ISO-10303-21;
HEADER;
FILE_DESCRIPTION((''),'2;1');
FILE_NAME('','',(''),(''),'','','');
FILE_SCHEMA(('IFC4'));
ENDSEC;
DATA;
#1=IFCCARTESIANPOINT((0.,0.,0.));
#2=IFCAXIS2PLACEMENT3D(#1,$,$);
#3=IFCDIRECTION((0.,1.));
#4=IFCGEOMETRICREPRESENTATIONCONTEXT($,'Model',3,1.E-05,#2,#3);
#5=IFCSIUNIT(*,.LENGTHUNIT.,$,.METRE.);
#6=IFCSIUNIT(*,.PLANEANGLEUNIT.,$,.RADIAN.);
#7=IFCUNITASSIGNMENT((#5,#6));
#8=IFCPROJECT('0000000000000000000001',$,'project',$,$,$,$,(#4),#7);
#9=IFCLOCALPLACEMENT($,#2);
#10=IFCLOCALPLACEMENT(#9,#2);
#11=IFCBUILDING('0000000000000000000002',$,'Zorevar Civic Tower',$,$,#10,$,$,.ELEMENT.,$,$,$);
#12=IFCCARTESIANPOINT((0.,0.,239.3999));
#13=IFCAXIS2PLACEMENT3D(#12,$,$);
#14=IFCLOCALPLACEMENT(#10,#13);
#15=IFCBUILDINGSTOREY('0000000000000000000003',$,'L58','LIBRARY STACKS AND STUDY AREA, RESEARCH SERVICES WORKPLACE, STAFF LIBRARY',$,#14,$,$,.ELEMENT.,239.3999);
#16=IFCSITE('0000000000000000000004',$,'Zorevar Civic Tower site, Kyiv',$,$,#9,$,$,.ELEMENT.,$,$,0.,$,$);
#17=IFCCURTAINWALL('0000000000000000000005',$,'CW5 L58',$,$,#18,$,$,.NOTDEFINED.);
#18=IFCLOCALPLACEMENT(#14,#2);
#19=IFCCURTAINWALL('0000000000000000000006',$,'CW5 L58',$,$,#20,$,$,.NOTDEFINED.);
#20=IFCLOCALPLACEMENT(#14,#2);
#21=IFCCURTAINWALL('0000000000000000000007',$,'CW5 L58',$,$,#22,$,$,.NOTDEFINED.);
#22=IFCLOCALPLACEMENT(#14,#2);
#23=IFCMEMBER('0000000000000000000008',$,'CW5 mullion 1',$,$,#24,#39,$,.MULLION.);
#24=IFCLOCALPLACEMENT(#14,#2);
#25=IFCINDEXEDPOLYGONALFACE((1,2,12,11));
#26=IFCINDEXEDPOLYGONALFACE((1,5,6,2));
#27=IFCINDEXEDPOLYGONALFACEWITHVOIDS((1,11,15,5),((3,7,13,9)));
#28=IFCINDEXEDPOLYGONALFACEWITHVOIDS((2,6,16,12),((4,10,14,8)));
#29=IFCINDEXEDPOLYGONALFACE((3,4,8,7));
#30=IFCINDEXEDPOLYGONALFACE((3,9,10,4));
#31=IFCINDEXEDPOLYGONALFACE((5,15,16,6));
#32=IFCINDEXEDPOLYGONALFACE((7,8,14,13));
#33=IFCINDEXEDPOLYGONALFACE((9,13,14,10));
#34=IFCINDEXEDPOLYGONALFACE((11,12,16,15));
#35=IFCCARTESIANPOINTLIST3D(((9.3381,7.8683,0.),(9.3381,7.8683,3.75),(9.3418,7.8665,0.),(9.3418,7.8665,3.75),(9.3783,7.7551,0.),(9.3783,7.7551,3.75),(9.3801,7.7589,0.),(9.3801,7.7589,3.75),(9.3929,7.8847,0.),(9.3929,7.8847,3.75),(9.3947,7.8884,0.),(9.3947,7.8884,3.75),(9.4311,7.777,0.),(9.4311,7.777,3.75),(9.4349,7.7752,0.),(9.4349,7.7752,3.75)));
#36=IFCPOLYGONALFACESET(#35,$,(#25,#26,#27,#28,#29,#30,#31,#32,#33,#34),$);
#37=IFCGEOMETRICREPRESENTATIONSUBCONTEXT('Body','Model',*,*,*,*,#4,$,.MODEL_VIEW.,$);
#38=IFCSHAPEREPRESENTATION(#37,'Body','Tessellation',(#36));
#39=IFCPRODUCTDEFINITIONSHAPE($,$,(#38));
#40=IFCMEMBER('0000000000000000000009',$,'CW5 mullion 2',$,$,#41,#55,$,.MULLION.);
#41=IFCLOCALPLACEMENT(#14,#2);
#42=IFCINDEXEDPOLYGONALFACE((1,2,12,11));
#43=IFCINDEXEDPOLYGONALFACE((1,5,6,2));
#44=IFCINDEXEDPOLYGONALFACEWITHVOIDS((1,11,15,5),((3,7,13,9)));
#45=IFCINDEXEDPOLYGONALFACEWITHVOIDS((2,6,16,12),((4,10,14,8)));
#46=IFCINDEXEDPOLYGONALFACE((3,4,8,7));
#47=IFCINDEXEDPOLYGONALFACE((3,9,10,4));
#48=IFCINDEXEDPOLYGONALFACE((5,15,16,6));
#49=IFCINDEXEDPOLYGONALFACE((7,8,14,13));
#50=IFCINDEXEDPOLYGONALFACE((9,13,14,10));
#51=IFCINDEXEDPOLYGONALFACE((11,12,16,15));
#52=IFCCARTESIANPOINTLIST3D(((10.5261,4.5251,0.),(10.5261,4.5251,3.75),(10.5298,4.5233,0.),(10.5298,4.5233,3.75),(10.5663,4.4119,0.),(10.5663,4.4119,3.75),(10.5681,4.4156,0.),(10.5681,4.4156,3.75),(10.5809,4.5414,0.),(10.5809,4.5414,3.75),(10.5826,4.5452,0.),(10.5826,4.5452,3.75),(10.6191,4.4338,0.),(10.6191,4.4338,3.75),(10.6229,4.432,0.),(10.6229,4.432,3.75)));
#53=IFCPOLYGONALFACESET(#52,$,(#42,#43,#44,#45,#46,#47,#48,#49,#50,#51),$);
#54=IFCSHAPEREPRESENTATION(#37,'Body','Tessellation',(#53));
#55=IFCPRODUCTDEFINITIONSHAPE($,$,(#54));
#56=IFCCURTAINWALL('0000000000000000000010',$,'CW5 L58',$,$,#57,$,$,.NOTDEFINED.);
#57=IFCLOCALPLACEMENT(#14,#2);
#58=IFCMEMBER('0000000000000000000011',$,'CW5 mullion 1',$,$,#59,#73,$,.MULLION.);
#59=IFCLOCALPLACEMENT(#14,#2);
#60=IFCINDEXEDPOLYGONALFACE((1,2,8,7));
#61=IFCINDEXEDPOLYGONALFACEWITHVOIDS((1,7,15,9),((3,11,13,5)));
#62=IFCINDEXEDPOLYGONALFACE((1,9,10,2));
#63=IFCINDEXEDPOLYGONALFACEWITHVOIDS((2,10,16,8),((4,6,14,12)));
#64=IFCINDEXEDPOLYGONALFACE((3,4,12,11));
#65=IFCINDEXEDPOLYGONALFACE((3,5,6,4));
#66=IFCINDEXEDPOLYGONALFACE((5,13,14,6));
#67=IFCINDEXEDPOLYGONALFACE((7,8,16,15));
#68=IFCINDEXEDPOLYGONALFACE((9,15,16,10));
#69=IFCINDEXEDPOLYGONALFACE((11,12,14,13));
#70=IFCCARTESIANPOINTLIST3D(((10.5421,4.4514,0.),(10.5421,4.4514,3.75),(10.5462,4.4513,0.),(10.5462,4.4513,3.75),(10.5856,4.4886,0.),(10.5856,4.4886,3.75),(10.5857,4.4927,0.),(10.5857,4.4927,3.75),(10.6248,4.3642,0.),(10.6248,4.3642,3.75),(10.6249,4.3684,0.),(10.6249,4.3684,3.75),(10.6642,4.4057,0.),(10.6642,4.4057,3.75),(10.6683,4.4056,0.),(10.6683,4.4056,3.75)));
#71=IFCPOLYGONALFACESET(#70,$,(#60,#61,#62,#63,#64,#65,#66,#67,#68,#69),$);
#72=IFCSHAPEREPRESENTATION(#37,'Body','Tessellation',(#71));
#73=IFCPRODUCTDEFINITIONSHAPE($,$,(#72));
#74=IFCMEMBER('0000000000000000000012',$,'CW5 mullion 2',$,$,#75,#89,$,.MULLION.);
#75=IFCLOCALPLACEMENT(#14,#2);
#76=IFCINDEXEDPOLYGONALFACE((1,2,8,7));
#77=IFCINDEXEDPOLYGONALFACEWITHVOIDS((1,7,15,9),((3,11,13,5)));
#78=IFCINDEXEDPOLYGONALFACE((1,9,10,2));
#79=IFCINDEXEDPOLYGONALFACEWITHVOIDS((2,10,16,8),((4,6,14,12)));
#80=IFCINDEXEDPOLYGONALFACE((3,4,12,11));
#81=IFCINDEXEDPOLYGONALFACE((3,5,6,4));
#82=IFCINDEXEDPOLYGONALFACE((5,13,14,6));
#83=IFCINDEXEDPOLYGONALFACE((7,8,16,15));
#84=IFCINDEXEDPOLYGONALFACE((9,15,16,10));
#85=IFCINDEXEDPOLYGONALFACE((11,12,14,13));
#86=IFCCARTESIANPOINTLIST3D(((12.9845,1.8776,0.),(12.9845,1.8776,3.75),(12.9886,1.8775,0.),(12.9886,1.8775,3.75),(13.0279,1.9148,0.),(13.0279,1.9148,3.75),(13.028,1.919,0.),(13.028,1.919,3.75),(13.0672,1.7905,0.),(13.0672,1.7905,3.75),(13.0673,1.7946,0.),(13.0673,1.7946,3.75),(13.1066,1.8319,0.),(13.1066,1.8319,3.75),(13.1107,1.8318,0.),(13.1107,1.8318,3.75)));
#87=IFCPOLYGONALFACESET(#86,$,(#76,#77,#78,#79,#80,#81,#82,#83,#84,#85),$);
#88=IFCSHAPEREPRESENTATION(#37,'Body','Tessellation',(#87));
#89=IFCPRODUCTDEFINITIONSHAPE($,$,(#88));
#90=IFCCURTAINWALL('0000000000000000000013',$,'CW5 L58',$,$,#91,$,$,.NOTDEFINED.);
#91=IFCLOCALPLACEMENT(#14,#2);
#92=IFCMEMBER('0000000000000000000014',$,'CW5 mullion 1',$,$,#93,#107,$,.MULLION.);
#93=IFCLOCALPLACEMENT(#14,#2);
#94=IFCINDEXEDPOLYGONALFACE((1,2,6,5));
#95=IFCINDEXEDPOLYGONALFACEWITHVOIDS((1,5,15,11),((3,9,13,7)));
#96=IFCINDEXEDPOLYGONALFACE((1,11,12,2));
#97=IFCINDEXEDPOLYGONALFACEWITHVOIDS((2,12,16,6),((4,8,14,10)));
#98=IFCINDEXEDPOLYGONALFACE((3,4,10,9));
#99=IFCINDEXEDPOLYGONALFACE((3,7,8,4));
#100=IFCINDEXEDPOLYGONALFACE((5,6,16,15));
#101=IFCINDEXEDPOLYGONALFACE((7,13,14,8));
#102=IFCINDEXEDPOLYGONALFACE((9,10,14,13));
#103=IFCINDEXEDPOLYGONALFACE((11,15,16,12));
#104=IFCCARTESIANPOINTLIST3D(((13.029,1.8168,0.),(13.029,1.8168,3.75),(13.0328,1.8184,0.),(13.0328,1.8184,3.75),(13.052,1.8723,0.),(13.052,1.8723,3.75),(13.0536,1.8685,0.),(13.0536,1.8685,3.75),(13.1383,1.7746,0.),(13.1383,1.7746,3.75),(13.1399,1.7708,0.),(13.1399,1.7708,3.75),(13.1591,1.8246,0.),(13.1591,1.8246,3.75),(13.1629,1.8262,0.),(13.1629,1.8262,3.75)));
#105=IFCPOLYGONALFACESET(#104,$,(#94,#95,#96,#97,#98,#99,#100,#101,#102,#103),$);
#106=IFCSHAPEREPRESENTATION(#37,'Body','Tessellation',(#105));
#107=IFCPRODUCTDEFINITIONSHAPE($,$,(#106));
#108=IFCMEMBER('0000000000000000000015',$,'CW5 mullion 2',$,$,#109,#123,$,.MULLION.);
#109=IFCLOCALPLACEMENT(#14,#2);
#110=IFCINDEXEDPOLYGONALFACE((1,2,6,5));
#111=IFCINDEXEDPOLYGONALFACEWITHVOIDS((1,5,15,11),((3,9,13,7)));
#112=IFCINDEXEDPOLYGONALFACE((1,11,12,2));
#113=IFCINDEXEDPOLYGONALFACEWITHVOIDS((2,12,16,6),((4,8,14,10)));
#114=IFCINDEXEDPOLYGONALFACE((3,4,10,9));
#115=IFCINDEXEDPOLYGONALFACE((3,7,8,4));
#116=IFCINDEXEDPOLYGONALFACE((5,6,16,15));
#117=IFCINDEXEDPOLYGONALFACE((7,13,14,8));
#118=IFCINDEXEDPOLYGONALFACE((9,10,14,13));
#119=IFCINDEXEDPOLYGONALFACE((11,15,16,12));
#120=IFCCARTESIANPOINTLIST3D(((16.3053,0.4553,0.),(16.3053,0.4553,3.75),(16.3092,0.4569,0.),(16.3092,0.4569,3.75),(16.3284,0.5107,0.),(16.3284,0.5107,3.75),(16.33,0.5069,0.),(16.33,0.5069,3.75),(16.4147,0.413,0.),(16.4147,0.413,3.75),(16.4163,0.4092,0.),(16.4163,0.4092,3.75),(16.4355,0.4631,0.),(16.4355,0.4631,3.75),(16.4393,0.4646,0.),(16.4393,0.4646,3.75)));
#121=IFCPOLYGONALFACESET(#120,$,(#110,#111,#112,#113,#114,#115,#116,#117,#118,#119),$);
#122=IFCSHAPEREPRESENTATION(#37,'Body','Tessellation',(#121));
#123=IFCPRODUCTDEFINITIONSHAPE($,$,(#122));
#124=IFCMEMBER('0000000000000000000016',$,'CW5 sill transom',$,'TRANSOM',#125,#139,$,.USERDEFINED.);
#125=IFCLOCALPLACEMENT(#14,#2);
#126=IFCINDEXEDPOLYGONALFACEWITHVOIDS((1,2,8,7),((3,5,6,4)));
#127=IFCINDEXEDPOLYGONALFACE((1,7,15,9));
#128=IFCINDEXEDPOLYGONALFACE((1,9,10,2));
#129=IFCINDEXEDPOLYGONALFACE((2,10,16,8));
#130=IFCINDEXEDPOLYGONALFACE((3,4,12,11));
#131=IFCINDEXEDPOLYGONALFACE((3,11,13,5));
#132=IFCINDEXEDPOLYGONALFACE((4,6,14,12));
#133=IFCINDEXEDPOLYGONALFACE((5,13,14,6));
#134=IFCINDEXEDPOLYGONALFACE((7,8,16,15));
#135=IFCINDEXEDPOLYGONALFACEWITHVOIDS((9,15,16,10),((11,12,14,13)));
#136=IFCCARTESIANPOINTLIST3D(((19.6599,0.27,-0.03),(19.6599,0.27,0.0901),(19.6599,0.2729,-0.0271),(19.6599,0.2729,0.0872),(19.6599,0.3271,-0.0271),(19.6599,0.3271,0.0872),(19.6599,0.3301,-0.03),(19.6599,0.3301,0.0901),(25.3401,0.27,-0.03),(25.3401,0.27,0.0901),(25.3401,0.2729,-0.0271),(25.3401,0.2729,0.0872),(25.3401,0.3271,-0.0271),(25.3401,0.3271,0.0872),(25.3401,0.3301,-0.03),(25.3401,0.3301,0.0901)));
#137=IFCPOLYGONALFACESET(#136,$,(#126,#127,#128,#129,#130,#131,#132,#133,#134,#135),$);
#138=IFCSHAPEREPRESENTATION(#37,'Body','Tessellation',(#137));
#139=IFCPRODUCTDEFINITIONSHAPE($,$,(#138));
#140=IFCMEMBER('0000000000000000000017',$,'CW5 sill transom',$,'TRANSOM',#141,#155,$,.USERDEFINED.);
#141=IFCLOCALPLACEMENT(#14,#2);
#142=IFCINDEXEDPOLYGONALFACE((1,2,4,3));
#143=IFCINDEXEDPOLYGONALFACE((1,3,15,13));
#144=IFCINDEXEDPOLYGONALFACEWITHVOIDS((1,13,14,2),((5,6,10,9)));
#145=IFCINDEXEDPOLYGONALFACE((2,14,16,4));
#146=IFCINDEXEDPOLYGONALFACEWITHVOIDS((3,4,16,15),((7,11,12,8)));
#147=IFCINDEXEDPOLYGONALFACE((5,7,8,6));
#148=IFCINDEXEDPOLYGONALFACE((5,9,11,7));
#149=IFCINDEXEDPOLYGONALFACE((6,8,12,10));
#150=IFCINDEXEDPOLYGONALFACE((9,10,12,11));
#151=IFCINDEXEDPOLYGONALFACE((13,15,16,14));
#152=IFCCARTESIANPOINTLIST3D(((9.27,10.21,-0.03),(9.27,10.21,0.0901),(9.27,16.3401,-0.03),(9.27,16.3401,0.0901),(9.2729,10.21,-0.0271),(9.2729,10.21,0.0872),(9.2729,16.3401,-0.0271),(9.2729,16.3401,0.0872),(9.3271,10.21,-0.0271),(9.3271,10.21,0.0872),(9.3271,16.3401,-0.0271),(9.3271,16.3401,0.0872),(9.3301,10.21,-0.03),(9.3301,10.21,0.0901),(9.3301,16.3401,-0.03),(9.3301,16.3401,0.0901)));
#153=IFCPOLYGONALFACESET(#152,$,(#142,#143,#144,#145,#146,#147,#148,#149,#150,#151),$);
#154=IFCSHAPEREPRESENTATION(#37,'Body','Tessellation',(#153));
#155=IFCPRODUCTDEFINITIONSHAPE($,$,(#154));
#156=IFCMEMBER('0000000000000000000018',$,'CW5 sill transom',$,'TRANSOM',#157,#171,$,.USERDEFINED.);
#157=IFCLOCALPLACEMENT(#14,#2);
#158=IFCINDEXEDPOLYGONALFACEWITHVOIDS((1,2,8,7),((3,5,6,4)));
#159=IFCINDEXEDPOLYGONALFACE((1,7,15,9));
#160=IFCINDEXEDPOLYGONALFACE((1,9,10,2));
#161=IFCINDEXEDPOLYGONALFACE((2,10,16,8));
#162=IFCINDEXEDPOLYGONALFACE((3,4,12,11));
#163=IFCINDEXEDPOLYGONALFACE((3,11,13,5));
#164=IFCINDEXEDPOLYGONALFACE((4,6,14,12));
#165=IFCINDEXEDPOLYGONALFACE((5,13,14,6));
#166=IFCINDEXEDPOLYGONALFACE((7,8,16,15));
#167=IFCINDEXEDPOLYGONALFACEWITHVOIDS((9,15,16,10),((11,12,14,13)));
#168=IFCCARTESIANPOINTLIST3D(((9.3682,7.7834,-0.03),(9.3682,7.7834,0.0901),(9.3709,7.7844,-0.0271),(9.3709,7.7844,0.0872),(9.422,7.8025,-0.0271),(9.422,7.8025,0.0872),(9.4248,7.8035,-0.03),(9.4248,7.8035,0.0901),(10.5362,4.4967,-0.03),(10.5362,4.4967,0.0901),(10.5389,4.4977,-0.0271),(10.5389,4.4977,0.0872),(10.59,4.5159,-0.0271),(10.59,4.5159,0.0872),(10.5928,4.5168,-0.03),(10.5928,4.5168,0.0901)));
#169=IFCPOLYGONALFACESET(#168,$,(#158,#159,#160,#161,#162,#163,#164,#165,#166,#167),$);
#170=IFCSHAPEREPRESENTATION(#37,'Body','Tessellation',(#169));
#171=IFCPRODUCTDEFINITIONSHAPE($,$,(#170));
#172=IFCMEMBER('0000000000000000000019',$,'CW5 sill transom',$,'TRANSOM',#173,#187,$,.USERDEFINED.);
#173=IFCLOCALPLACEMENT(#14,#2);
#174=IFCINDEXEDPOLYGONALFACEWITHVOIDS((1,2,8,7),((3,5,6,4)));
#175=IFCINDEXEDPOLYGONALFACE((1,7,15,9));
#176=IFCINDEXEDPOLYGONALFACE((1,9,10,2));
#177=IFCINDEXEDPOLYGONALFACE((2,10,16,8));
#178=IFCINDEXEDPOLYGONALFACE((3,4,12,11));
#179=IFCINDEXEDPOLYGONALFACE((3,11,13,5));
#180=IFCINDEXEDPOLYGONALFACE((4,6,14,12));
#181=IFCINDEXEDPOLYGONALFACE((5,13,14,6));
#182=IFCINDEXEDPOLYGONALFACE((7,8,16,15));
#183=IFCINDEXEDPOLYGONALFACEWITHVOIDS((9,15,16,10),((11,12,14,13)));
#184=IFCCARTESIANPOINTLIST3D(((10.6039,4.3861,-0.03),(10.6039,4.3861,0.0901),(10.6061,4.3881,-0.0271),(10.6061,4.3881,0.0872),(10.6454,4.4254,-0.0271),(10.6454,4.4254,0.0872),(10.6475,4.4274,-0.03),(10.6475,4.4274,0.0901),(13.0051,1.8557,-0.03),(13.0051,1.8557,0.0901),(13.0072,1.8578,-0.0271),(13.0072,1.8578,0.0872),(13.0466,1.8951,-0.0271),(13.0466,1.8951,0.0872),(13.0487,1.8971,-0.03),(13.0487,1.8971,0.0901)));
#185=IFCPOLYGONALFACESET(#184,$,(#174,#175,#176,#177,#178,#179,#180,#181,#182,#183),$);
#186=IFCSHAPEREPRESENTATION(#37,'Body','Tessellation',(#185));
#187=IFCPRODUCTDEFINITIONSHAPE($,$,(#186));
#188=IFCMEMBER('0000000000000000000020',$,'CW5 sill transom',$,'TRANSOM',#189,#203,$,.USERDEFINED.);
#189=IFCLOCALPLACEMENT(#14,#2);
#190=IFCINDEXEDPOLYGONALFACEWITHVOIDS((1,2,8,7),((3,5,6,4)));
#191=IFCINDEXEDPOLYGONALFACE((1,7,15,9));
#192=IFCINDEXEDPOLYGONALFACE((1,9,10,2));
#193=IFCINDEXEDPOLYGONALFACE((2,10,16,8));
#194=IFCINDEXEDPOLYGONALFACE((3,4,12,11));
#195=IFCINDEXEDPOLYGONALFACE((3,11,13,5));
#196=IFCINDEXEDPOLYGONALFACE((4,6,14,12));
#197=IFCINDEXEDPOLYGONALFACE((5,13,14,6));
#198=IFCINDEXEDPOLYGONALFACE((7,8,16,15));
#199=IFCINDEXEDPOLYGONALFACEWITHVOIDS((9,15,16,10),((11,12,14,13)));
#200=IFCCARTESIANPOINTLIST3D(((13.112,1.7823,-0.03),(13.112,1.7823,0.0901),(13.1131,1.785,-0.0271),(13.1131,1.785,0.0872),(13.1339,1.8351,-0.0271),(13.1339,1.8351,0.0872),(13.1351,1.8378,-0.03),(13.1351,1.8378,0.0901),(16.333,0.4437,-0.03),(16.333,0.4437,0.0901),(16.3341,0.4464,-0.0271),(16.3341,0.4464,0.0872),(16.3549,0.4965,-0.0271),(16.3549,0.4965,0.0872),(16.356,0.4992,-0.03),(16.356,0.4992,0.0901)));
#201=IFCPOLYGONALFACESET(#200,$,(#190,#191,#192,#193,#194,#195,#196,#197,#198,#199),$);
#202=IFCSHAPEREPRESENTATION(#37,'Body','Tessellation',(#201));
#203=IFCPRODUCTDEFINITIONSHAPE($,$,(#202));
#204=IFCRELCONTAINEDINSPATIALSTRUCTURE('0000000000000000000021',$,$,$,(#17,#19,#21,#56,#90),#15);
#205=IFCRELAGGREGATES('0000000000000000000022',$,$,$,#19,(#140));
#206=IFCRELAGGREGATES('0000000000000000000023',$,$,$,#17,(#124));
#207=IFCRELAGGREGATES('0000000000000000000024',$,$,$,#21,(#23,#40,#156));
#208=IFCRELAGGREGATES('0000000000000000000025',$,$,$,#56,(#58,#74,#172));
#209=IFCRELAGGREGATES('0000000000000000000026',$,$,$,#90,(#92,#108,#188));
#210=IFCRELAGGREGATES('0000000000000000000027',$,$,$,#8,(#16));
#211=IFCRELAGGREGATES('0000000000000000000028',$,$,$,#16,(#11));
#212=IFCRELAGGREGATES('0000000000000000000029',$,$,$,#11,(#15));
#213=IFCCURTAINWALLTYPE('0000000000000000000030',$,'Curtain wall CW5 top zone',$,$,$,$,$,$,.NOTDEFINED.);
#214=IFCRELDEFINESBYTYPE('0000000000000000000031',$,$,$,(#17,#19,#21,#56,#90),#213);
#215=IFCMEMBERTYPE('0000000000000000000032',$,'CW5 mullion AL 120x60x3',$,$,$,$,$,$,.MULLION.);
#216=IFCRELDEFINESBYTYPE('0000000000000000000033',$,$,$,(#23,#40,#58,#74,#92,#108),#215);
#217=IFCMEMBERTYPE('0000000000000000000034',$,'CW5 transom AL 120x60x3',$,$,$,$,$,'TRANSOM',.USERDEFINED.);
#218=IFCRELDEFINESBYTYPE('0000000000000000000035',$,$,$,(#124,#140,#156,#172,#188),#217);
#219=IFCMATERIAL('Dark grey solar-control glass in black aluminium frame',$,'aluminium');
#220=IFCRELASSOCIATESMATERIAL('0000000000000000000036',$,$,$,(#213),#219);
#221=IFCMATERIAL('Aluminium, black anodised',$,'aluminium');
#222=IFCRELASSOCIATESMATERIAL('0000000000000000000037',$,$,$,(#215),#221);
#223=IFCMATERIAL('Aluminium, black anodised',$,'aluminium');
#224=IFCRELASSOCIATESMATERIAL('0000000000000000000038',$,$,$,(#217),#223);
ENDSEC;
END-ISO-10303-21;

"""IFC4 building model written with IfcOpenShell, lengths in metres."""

from ifc_helpers import new_model, si_unit, direction, frame, origin, origin_2d, place, context, subcontext, project, spatial, hollow_rectangle, extrude, material, material_profile, profile_set, type_object, element, aggregate, save


model = new_model("IFC4")

# Units and contexts
model_context = context("Model", 3, precision=1e-05, world=origin(), true_north=direction((0.0, 1.0)))
body_context = subcontext(model_context, "Body", "Model", "MODEL_VIEW")
ifc_project = project(units=[si_unit("LENGTHUNIT", "METRE"), si_unit("PLANEANGLEUNIT", "RADIAN")], contexts=[model_context])

# Site, building, storey
site_placement = place(None, origin())
site = spatial("IfcSite", under=ifc_project, at=site_placement, Name="Zorevar Civic Tower site, Kyiv", CompositionType="ELEMENT", RefElevation=0.0)
building_placement = place(site_placement, origin())
building = spatial("IfcBuilding", under=site, at=building_placement, Name="Zorevar Civic Tower", CompositionType="ELEMENT")
storey_placement = place(building_placement, frame((0.0, 0.0, 239.3999)))
storey = spatial("IfcBuildingStorey", under=building, at=storey_placement, Name="L58", Description="LIBRARY STACKS AND STUDY AREA, RESEARCH SERVICES WORKPLACE, STAFF LIBRARY", CompositionType="ELEMENT", Elevation=239.3999)

# Curtain wall
ifc_material_1 = material(Name="Dark grey solar-control glass in black aluminium frame", Category="aluminium")
curtain_wall_type = type_object("IfcCurtainWallType", Name="Curtain wall CW5 top zone", PredefinedType="NOTDEFINED", material=ifc_material_1)
curtain_wall_1_placement = place(storey_placement, origin())
curtain_wall_1 = element("IfcCurtainWall", 1, at=curtain_wall_1_placement, inside=storey, type_object=curtain_wall_type, Name="CW5 L58", PredefinedType="NOTDEFINED")
ifc_material_2 = material(Name="Aluminium, black anodised", Category="aluminium")
ifc_material_profile_1 = material_profile(ifc_material_2, hollow_rectangle(XDim=0.0601, YDim=0.1201, WallThickness=0.0029, at=origin_2d()), Name="AL 120x60x3")
ifc_profile_set_1 = profile_set([ifc_material_profile_1], Name="Aluminium, black anodised")
member_type_1 = type_object("IfcMemberType", Name="CW5 mullion AL 120x60x3", PredefinedType="MULLION", material=ifc_profile_set_1)

# Curtain wall
curtain_wall_2_placement = place(storey_placement, origin())
curtain_wall_2 = element("IfcCurtainWall", 2, at=curtain_wall_2_placement, inside=storey, type_object=curtain_wall_type, Name="CW5 L58", PredefinedType="NOTDEFINED")

# Curtain walls, members
curtain_wall_3_placement = place(storey_placement, origin())
curtain_wall_3 = element("IfcCurtainWall", 3, at=curtain_wall_3_placement, inside=storey, type_object=curtain_wall_type, Name="CW5 L58", PredefinedType="NOTDEFINED")
member_1_placement = place(storey_placement, frame((9.3865, 7.8218, 0.0), z_axis=(0.0, 0.0, 1.0), x_axis=(0.942273, 0.334845, 0.0)))
member_1 = element("IfcMember", 4, at=member_1_placement, type_object=member_type_1, Name="CW5 mullion 1", PredefinedType="MULLION", context=body_context, shape_type="SweptSolid", body=[
    extrude(hollow_rectangle(XDim=0.0601, YDim=0.1201, WallThickness=0.0029, at=origin_2d()), origin(), (0.0, 0.0, 1.0), 3.75),
])
member_2_placement = place(storey_placement, frame((10.5745, 4.4785, 0.0), z_axis=(0.0, 0.0, 1.0), x_axis=(0.942273, 0.334845, 0.0)))
member_2 = element("IfcMember", 5, at=member_2_placement, type_object=member_type_1, Name="CW5 mullion 2", PredefinedType="MULLION", context=body_context, shape_type="SweptSolid", body=[
    extrude(hollow_rectangle(XDim=0.0601, YDim=0.1201, WallThickness=0.0029, at=origin_2d()), origin(), (0.0, 0.0, 1.0), 3.75),
])
curtain_wall_4_placement = place(storey_placement, origin())
curtain_wall_4 = element("IfcCurtainWall", 6, at=curtain_wall_4_placement, inside=storey, type_object=curtain_wall_type, Name="CW5 L58", PredefinedType="NOTDEFINED")
member_3_placement = place(storey_placement, frame((10.6052, 4.4285, 0.0), z_axis=(0.0, 0.0, 1.0), x_axis=(0.725384, 0.688344, 0.0)))
member_3 = element("IfcMember", 7, at=member_3_placement, type_object=member_type_1, Name="CW5 mullion 1", PredefinedType="MULLION", context=body_context, shape_type="SweptSolid", body=[
    extrude(hollow_rectangle(XDim=0.0601, YDim=0.1201, WallThickness=0.0029, at=origin_2d()), origin(), (0.0, 0.0, 1.0), 3.75),
])
member_4_placement = place(storey_placement, frame((13.0476, 1.8547, 0.0), z_axis=(0.0, 0.0, 1.0), x_axis=(0.725384, 0.688344, 0.0)))
member_4 = element("IfcMember", 8, at=member_4_placement, type_object=member_type_1, Name="CW5 mullion 2", PredefinedType="MULLION", context=body_context, shape_type="SweptSolid", body=[
    extrude(hollow_rectangle(XDim=0.0601, YDim=0.1201, WallThickness=0.0029, at=origin_2d()), origin(), (0.0, 0.0, 1.0), 3.75),
])
curtain_wall_5_placement = place(storey_placement, origin())
curtain_wall_5 = element("IfcCurtainWall", 9, at=curtain_wall_5_placement, inside=storey, type_object=curtain_wall_type, Name="CW5 L58", PredefinedType="NOTDEFINED")
member_5_placement = place(storey_placement, frame((13.0959, 1.8215, 0.0), z_axis=(0.0, 0.0, 1.0), x_axis=(0.383728, 0.923446, 0.0)))
member_5 = element("IfcMember", 10, at=member_5_placement, type_object=member_type_1, Name="CW5 mullion 1", PredefinedType="MULLION", context=body_context, shape_type="SweptSolid", body=[
    extrude(hollow_rectangle(XDim=0.0601, YDim=0.1201, WallThickness=0.0029, at=origin_2d()), origin(), (0.0, 0.0, 1.0), 3.75),
])
member_6_placement = place(storey_placement, frame((16.3723, 0.46, 0.0), z_axis=(0.0, 0.0, 1.0), x_axis=(0.383728, 0.923446, 0.0)))
member_6 = element("IfcMember", 11, at=member_6_placement, type_object=member_type_1, Name="CW5 mullion 2", PredefinedType="MULLION", context=body_context, shape_type="SweptSolid", body=[
    extrude(hollow_rectangle(XDim=0.0601, YDim=0.1201, WallThickness=0.0029, at=origin_2d()), origin(), (0.0, 0.0, 1.0), 3.75),
])

# Members
ifc_material_3 = material(Name="Aluminium, black anodised", Category="aluminium")
ifc_material_profile_2 = material_profile(ifc_material_3, hollow_rectangle(XDim=0.0601, YDim=0.1201, WallThickness=0.0029, at=origin_2d()), Name="AL 120x60x3")
ifc_profile_set_2 = profile_set([ifc_material_profile_2], Name="Aluminium, black anodised")
member_type_2 = type_object("IfcMemberType", Name="CW5 transom AL 120x60x3", ElementType="TRANSOM", PredefinedType="USERDEFINED", material=ifc_profile_set_2)
member_7_placement = place(storey_placement, frame((19.6599, 0.3, 0.03), z_axis=(1.0, 0.0, 0.0), x_axis=(0.0, 1.0, 0.0)))
member_7 = element("IfcMember", 12, at=member_7_placement, type_object=member_type_2, Name="CW5 sill transom", ObjectType="TRANSOM", PredefinedType="USERDEFINED", context=body_context, shape_type="SweptSolid", body=[
    extrude(hollow_rectangle(XDim=0.0601, YDim=0.1201, WallThickness=0.0029, at=origin_2d()), origin(), (0.0, 0.0, 1.0), 5.6802),
])
member_8_placement = place(storey_placement, frame((9.3, 10.21, 0.03), z_axis=(0.0, 1.0, 0.0), x_axis=(-1.0, 0.0, 0.0)))
member_8 = element("IfcMember", 13, at=member_8_placement, type_object=member_type_2, Name="CW5 sill transom", ObjectType="TRANSOM", PredefinedType="USERDEFINED", context=body_context, shape_type="SweptSolid", body=[
    extrude(hollow_rectangle(XDim=0.0601, YDim=0.1201, WallThickness=0.0029, at=origin_2d()), origin(), (0.0, 0.0, 1.0), 6.1301),
])
aggregate(curtain_wall_2, [member_8])
member_9_placement = place(storey_placement, frame((9.3965, 7.7935, 0.03), z_axis=(0.334855, -0.94227, 0.0), x_axis=(0.94227, 0.334855, 0.0)))
member_9 = element("IfcMember", 14, at=member_9_placement, type_object=member_type_2, Name="CW5 sill transom", ObjectType="TRANSOM", PredefinedType="USERDEFINED", context=body_context, shape_type="SweptSolid", body=[
    extrude(hollow_rectangle(XDim=0.0601, YDim=0.1201, WallThickness=0.0029, at=origin_2d()), origin(), (0.0, 0.0, 1.0), 3.488),
])
member_10_placement = place(storey_placement, frame((10.6257, 4.4067, 0.03), z_axis=(0.688352, -0.725377, 0.0), x_axis=(0.725377, 0.688352, 0.0)))
member_10 = element("IfcMember", 15, at=member_10_placement, type_object=member_type_2, Name="CW5 sill transom", ObjectType="TRANSOM", PredefinedType="USERDEFINED", context=body_context, shape_type="SweptSolid", body=[
    extrude(hollow_rectangle(XDim=0.0601, YDim=0.1201, WallThickness=0.0029, at=origin_2d()), origin(), (0.0, 0.0, 1.0), 3.4883),
])
member_11_placement = place(storey_placement, frame((13.1235, 1.8101, 0.03), z_axis=(0.923427, -0.383775, 0.0), x_axis=(0.383775, 0.923427, 0.0)))
member_11 = element("IfcMember", 16, at=member_11_placement, type_object=member_type_2, Name="CW5 sill transom", ObjectType="TRANSOM", PredefinedType="USERDEFINED", context=body_context, shape_type="SweptSolid", body=[
    extrude(hollow_rectangle(XDim=0.0601, YDim=0.1201, WallThickness=0.0029, at=origin_2d()), origin(), (0.0, 0.0, 1.0), 3.488),
])

aggregate(curtain_wall_1, [member_7])
aggregate(curtain_wall_3, [member_1, member_2, member_9])
aggregate(curtain_wall_4, [member_3, member_4, member_10])
aggregate(curtain_wall_5, [member_5, member_6, member_11])

save(model, "model.ifc")
